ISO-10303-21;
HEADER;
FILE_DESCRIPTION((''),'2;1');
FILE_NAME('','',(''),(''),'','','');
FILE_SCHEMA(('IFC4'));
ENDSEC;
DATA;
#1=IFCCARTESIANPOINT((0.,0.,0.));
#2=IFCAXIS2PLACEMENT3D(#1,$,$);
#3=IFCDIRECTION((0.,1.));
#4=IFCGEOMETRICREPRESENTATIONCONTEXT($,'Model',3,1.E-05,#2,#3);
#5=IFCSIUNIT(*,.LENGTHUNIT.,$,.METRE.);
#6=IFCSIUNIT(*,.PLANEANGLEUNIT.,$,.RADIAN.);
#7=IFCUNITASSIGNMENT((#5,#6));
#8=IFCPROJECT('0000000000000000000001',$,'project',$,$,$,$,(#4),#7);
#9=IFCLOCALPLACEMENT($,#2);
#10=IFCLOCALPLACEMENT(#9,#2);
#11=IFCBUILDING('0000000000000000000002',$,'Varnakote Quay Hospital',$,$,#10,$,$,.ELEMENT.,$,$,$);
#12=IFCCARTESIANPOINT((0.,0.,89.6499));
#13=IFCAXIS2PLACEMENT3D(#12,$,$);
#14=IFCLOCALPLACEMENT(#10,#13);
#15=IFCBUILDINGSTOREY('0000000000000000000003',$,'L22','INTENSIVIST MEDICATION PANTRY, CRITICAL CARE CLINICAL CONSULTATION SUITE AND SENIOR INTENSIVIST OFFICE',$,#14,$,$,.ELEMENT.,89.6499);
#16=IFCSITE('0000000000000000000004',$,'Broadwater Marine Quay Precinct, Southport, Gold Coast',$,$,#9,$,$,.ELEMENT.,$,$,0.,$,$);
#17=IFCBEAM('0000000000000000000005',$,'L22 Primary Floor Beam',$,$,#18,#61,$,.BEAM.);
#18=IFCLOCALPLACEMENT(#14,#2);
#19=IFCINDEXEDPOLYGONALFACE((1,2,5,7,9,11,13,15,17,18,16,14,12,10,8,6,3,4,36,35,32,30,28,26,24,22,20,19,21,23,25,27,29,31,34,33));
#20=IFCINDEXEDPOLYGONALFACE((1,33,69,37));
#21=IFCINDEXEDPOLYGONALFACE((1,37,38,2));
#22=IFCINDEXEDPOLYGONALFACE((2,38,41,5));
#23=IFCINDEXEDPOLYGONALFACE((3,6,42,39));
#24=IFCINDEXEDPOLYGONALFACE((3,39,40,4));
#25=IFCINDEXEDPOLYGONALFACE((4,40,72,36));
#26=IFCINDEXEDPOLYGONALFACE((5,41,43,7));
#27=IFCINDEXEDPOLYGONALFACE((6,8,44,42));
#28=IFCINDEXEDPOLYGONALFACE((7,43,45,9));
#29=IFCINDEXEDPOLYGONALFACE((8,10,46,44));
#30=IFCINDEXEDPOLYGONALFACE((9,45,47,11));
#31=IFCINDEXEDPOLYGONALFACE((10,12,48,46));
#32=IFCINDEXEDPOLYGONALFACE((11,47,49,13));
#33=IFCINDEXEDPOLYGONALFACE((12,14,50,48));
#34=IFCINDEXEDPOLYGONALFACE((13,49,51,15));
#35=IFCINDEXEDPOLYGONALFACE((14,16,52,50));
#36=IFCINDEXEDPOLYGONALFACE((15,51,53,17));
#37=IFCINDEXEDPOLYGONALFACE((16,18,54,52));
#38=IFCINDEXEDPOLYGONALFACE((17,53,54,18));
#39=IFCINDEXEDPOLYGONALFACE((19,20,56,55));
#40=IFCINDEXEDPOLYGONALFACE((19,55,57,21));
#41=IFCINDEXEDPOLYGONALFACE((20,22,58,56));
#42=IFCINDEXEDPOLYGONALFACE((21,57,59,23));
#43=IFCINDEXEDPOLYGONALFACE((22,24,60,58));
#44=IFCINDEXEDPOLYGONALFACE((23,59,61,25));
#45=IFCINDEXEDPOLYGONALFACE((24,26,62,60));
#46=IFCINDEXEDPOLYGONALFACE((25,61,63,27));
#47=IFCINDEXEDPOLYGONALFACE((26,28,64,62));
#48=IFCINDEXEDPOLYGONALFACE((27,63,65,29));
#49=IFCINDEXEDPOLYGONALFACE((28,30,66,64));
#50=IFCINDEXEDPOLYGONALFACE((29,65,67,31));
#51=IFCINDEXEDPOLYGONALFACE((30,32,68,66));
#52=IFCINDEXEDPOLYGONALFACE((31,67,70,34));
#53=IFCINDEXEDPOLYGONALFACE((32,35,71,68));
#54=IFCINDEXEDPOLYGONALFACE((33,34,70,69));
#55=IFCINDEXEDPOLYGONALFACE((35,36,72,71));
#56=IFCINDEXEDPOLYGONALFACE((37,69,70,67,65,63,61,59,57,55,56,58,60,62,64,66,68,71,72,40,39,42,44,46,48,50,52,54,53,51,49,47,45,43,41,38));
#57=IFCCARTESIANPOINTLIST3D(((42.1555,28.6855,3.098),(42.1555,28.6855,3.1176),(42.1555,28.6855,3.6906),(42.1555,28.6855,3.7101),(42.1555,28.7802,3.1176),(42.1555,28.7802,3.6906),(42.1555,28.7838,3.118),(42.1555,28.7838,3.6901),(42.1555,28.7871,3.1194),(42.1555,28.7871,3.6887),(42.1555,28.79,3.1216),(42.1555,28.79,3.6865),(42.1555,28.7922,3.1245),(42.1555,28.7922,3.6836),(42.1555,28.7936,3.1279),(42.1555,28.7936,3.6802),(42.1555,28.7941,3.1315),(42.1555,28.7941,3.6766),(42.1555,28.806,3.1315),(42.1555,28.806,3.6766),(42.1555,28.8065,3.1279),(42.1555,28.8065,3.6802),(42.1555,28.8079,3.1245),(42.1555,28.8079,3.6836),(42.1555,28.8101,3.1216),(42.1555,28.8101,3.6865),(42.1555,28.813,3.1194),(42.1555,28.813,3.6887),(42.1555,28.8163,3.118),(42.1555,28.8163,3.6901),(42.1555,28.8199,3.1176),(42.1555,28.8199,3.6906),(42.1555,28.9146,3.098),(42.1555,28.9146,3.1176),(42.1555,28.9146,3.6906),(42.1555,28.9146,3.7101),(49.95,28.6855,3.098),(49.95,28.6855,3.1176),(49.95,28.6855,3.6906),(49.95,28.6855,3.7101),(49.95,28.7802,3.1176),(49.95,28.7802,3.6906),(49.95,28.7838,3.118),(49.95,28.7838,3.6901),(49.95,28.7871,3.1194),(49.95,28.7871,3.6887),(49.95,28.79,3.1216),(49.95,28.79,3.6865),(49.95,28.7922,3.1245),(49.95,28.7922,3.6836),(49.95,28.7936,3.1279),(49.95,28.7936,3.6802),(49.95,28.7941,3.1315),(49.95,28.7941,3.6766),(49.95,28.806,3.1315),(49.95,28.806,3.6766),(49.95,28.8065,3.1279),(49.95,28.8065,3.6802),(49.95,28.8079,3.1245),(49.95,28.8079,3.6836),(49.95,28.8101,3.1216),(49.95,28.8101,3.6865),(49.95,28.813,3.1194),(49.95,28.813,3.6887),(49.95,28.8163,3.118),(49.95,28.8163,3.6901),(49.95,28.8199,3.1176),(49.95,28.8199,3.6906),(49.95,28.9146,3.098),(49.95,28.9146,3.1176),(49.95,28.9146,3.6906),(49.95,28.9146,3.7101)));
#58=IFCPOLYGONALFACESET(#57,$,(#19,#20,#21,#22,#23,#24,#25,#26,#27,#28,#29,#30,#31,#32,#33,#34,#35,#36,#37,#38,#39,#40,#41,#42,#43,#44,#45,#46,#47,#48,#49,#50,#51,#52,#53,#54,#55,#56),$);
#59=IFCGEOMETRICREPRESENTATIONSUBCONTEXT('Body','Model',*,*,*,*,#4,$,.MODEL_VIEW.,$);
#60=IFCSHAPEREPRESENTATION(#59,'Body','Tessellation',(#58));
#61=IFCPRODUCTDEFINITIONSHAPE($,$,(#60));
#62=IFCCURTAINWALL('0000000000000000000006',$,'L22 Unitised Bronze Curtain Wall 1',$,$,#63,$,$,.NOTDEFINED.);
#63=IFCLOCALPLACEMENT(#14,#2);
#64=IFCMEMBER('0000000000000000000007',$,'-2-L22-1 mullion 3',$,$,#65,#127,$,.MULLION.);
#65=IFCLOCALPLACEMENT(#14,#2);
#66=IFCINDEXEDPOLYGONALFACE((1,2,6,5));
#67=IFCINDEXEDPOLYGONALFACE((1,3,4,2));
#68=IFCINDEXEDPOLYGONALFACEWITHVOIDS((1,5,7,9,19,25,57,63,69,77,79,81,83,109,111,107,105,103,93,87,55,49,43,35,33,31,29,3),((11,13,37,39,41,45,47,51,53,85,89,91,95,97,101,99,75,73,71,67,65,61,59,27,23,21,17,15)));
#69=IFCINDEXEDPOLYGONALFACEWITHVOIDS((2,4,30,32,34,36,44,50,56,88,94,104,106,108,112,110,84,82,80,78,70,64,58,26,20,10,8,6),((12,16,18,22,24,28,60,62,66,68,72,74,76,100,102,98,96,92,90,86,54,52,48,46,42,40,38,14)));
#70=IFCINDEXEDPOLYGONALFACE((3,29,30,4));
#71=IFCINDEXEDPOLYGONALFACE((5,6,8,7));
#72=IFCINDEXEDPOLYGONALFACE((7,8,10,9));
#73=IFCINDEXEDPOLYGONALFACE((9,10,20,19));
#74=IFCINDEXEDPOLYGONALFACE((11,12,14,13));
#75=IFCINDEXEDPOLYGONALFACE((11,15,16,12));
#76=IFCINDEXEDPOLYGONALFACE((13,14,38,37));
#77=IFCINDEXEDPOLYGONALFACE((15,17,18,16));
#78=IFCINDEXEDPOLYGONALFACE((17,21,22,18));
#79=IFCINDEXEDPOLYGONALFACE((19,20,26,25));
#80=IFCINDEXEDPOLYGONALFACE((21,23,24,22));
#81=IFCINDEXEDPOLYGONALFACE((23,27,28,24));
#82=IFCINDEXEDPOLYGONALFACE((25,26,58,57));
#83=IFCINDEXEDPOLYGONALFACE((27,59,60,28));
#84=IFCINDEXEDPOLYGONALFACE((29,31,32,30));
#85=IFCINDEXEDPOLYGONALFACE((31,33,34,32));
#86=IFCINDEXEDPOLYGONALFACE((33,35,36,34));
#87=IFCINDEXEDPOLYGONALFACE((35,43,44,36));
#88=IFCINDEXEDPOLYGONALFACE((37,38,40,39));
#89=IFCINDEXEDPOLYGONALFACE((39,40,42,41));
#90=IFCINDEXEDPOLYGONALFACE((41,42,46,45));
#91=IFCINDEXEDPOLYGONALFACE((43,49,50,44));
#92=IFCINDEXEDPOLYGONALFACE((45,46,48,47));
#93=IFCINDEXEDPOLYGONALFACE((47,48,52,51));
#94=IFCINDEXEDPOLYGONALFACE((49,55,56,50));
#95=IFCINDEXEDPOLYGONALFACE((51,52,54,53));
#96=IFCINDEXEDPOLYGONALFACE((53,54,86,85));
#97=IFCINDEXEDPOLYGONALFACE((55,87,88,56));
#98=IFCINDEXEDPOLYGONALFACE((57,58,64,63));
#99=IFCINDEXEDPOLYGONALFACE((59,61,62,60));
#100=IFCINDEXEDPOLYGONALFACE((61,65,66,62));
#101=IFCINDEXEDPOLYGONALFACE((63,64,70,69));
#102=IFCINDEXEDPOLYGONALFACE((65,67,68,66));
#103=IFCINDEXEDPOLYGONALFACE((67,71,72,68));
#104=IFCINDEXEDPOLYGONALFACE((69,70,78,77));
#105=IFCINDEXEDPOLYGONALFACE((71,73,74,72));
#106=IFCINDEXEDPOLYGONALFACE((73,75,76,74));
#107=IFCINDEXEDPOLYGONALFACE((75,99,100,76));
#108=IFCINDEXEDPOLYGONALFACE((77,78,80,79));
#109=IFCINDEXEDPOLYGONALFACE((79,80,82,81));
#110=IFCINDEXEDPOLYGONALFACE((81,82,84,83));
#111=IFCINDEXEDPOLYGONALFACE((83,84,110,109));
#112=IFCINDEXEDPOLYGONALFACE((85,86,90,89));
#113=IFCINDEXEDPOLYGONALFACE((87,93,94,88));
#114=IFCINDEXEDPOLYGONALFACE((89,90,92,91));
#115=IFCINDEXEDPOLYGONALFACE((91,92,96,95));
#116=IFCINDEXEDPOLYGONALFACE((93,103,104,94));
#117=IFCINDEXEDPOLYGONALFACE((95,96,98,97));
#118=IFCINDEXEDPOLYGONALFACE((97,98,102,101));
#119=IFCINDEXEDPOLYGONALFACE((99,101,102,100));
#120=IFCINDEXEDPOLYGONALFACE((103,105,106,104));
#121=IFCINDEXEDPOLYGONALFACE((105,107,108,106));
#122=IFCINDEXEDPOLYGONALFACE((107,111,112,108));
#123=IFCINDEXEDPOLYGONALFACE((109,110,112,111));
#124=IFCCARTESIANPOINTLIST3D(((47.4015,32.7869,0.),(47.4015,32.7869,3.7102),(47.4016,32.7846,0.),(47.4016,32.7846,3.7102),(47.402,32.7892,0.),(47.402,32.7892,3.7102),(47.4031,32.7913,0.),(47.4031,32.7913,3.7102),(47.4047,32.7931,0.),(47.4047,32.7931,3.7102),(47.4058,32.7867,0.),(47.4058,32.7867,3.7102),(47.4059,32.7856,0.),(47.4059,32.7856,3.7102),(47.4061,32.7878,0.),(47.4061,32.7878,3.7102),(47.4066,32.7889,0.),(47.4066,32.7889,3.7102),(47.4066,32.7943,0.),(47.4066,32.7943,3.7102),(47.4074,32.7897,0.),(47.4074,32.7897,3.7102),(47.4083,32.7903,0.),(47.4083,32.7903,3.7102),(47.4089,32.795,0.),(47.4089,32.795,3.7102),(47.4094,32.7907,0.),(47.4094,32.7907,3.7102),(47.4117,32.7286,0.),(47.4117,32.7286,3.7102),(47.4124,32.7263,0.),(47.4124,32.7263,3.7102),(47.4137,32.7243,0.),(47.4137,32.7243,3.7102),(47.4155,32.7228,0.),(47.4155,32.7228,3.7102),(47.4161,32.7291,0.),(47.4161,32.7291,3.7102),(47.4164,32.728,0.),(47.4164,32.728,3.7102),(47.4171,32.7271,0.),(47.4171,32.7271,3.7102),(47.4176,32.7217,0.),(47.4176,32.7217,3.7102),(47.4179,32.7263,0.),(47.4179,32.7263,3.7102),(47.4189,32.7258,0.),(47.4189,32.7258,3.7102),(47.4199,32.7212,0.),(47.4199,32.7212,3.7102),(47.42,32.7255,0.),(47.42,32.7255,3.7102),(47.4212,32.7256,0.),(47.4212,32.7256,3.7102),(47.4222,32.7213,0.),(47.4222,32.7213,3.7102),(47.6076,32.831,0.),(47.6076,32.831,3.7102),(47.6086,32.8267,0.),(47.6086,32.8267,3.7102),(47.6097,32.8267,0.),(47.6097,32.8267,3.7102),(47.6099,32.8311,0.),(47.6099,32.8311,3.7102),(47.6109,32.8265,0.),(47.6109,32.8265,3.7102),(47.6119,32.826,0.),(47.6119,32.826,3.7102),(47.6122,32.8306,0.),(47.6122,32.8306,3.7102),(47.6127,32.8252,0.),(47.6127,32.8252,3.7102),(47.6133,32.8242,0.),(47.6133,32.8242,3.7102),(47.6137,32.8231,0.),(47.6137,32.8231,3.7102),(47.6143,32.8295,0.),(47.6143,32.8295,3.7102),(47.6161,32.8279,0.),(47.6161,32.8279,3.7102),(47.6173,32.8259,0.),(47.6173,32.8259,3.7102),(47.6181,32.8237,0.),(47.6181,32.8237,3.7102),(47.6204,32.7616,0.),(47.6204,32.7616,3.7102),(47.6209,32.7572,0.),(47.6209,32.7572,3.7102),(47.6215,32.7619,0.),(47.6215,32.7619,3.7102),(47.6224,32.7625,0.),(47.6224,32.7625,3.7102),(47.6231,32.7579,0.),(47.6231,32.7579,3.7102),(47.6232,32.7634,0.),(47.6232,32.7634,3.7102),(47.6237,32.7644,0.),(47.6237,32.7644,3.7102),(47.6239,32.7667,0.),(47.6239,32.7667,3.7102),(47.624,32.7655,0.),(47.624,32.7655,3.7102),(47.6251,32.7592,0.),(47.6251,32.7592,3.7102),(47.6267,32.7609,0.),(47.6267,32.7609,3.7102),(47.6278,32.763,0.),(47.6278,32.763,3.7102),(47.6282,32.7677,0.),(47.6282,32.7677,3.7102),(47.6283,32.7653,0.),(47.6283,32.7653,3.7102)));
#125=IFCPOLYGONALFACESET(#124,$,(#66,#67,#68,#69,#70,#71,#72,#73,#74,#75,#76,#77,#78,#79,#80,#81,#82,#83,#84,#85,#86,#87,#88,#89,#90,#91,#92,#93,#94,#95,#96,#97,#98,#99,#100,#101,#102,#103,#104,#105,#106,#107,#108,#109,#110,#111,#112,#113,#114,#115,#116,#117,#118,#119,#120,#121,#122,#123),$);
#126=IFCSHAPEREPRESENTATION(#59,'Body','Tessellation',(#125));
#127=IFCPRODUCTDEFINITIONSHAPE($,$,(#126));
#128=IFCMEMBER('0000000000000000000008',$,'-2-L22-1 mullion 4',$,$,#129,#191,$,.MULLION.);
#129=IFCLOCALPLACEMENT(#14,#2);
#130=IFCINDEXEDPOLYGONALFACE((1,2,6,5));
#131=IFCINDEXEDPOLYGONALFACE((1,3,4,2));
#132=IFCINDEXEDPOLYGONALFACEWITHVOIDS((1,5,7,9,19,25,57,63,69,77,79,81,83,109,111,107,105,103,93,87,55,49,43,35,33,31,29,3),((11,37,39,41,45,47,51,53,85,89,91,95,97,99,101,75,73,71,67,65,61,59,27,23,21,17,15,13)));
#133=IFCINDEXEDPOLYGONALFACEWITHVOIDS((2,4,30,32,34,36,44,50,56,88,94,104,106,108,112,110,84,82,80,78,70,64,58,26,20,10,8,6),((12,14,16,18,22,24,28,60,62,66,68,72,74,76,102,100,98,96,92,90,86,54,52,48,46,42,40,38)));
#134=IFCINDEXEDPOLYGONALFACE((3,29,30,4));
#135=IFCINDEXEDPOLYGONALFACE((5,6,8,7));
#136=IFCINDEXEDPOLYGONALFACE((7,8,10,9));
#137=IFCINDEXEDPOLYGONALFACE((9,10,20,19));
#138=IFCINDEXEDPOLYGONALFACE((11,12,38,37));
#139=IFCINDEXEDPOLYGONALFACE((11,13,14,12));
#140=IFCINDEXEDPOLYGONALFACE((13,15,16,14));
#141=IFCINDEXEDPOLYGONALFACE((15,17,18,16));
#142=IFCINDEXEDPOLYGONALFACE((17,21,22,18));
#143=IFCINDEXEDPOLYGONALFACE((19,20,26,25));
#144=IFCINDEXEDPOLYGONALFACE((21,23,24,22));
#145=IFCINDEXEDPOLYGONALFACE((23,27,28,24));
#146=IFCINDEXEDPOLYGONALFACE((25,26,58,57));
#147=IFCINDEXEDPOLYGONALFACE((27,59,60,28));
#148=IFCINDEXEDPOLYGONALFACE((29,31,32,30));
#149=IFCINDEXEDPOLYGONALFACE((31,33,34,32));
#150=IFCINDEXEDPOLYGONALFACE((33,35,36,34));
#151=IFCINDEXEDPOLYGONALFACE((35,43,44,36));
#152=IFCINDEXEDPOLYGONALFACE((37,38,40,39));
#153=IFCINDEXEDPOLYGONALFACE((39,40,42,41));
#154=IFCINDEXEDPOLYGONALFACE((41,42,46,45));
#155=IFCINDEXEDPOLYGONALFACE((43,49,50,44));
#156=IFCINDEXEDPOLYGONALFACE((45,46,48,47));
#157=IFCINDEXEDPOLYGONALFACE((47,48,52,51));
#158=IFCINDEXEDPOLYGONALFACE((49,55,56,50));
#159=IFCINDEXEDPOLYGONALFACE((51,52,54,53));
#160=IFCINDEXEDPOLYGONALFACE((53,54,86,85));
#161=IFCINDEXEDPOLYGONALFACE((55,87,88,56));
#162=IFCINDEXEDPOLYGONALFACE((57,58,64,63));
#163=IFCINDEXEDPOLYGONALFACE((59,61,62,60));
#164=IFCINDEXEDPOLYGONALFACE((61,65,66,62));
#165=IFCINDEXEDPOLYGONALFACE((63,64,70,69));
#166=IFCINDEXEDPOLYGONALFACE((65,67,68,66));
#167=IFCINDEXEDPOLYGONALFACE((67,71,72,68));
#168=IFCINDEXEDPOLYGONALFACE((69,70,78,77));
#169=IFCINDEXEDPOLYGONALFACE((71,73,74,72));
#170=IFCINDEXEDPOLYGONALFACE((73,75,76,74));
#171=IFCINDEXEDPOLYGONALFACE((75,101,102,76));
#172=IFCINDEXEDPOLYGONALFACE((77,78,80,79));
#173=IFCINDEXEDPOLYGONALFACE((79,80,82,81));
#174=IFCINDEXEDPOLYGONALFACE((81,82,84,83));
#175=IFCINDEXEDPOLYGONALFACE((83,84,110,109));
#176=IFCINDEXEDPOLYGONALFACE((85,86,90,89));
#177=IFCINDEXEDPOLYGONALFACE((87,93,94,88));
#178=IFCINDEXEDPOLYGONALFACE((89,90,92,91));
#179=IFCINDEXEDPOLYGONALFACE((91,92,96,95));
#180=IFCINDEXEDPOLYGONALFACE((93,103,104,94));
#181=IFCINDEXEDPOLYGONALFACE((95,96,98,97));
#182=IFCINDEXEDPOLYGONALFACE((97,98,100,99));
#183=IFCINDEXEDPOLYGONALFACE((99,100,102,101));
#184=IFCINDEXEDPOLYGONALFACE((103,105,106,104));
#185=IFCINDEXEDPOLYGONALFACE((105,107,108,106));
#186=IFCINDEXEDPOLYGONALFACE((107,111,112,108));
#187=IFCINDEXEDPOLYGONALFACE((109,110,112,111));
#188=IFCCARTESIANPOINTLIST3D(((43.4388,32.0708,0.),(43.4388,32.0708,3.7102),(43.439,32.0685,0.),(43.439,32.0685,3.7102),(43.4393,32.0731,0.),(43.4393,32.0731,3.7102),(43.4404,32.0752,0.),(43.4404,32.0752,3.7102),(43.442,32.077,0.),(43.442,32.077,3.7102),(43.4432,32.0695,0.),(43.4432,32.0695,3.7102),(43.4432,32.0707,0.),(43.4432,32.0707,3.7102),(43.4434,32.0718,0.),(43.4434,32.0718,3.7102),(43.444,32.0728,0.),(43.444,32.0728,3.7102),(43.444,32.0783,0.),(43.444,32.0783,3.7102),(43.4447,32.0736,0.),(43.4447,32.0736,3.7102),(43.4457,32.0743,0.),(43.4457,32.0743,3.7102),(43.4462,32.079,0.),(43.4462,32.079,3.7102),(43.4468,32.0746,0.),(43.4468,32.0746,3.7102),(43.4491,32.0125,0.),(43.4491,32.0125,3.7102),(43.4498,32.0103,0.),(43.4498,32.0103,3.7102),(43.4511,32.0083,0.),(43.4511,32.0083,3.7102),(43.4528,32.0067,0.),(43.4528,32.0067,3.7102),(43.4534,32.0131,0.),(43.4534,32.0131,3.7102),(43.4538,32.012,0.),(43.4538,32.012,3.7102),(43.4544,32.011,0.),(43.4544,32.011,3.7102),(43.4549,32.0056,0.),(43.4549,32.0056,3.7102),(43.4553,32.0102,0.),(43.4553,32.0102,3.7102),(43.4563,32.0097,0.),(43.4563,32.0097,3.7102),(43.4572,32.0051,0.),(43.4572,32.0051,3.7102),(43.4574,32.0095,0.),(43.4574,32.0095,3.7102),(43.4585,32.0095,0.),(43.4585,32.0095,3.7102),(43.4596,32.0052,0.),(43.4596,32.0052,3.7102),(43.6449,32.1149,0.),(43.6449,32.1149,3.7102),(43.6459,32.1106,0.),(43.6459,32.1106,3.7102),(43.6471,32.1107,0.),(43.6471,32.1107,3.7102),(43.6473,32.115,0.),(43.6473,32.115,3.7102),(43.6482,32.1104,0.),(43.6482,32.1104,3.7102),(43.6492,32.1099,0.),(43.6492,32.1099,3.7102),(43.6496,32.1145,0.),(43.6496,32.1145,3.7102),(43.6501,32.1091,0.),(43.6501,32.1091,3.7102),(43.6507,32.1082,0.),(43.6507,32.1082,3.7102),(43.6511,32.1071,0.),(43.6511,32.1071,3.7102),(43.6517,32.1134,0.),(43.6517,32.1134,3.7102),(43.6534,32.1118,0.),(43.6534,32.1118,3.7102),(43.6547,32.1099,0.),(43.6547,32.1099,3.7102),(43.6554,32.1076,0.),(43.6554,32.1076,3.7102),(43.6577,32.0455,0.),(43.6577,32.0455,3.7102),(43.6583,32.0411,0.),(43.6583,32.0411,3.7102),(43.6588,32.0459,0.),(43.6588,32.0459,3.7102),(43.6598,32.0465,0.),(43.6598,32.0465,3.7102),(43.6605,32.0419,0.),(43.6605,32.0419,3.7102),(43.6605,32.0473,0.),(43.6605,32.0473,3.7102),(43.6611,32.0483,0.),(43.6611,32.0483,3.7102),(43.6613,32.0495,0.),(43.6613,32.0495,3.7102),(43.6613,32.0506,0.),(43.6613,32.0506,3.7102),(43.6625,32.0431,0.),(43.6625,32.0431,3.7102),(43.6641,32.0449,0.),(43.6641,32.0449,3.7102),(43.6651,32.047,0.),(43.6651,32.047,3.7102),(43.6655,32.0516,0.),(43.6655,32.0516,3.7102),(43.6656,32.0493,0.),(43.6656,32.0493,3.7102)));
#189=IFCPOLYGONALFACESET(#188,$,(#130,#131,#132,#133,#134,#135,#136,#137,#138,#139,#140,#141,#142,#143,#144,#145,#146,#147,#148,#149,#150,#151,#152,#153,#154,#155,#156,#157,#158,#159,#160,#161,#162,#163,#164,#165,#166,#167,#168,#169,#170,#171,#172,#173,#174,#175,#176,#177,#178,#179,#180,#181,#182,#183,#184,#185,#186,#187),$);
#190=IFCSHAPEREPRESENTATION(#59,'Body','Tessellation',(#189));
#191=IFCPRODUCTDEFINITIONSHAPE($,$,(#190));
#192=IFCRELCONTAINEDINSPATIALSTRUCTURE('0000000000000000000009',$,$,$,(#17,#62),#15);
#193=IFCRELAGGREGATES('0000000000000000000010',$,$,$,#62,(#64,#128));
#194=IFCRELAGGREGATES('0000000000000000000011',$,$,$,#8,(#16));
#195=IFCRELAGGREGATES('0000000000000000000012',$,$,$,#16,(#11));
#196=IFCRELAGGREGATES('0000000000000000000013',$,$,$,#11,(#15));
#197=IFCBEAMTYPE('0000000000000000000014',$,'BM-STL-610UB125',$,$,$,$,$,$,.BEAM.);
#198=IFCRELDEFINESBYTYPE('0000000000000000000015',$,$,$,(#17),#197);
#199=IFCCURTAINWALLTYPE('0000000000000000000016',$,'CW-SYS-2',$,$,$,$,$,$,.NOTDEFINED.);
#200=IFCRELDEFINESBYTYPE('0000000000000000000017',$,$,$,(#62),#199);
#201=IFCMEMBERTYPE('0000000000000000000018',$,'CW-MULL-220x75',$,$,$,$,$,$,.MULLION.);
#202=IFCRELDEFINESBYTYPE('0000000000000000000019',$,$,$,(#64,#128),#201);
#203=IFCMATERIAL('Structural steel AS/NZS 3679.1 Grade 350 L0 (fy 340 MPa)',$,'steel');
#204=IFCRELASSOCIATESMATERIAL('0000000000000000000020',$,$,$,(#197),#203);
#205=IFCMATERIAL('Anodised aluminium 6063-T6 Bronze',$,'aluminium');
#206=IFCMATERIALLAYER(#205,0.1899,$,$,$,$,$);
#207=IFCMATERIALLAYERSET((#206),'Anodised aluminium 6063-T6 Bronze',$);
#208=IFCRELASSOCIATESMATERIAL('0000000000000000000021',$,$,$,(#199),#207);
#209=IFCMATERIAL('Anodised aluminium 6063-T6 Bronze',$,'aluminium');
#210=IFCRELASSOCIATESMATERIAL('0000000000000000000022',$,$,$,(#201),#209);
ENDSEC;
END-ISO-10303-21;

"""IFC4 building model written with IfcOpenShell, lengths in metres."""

from ifc_helpers import new_model, si_unit, direction, frame, origin, origin_2d, place, context, subcontext, project, spatial, hollow_rectangle, i_section, extrude, material, layer, layer_set, material_profile, profile_set, type_object, element, aggregate, save


model = new_model("IFC4")

# Units and contexts
model_context = context("Model", 3, precision=1e-05, world=origin(), true_north=direction((0.0, 1.0)))
body_context = subcontext(model_context, "Body", "Model", "MODEL_VIEW")
ifc_project = project(units=[si_unit("LENGTHUNIT", "METRE"), si_unit("PLANEANGLEUNIT", "RADIAN")], contexts=[model_context])

# Site, building, storey
site_placement = place(None, origin())
site = spatial("IfcSite", under=ifc_project, at=site_placement, Name="Broadwater Marine Quay Precinct, Southport, Gold Coast", CompositionType="ELEMENT", RefElevation=0.0)
building_placement = place(site_placement, origin())
building = spatial("IfcBuilding", under=site, at=building_placement, Name="Varnakote Quay Hospital", CompositionType="ELEMENT")
storey_placement = place(building_placement, frame((0.0, 0.0, 89.6499)))
storey = spatial("IfcBuildingStorey", under=building, at=storey_placement, Name="L22", Description="INTENSIVIST MEDICATION PANTRY, CRITICAL CARE CLINICAL CONSULTATION SUITE AND SENIOR INTENSIVIST OFFICE", CompositionType="ELEMENT", Elevation=89.6499)

# Beam
ifc_material_1 = material(Name="Structural steel AS/NZS 3679.1 Grade 350 L0 (fy 340 MPa)", Category="steel")
ifc_material_profile_1 = material_profile(ifc_material_1, i_section(OverallWidth=0.229, OverallDepth=0.6121, WebThickness=0.012, FlangeThickness=0.0195, FilletRadius=0.0139, at=origin_2d()), Name="610UB125")
ifc_profile_set_1 = profile_set([ifc_material_profile_1], Name="Structural steel AS/NZS 3679.1 Grade 350 L0 (fy 340 MPa)")
beam_type = type_object("IfcBeamType", Name="BM-STL-610UB125", PredefinedType="BEAM", material=ifc_profile_set_1)
beam_placement = place(storey_placement, frame((42.1555, 28.8, 3.4041), z_axis=(1.0, 0.0, 0.0), x_axis=(0.0, 1.0, 0.0)))
element("IfcBeam", 1, at=beam_placement, inside=storey, type_object=beam_type, Name="L22 Primary Floor Beam", PredefinedType="BEAM", context=body_context, shape_type="SweptSolid", body=[
    extrude(i_section(OverallWidth=0.229, OverallDepth=0.6121, WebThickness=0.012, FlangeThickness=0.0195, FilletRadius=0.0139, at=origin_2d()), origin(), (0.0, 0.0, 1.0), 7.7944),
])

# Curtain wall, members
ifc_material_2 = material(Name="Anodised aluminium 6063-T6 Bronze", Category="aluminium")
ifc_layer_1 = layer(ifc_material_2, 0.1899)
ifc_layer_set_1 = layer_set([ifc_layer_1], Name="Anodised aluminium 6063-T6 Bronze")
curtain_wall_type = type_object("IfcCurtainWallType", Name="CW-SYS-2", PredefinedType="NOTDEFINED", material=ifc_layer_set_1)
curtain_wall_placement = place(storey_placement, origin())
curtain_wall = element("IfcCurtainWall", 2, at=curtain_wall_placement, inside=storey, type_object=curtain_wall_type, Name="L22 Unitised Bronze Curtain Wall 1", PredefinedType="NOTDEFINED")
ifc_material_3 = material(Name="Anodised aluminium 6063-T6 Bronze", Category="aluminium")
ifc_material_profile_2 = material_profile(ifc_material_3, hollow_rectangle(XDim=0.075, YDim=0.22, WallThickness=0.0044, InnerFilletRadius=0.0044, OuterFilletRadius=0.009, at=origin_2d()), Name="CW-MULL-220x75")
ifc_profile_set_2 = profile_set([ifc_material_profile_2], Name="Anodised aluminium 6063-T6 Bronze")
member_type_1 = type_object("IfcMemberType", Name="CW-MULL-220x75", PredefinedType="MULLION", material=ifc_profile_set_2)
member_1_placement = place(storey_placement, frame((47.5149, 32.7761, 0.0), z_axis=(0.0, 0.0, 1.0), x_axis=(0.177846, -0.984058, 0.0)))
member_1 = element("IfcMember", 3, at=member_1_placement, type_object=member_type_1, Name="-2-L22-1 mullion 3", PredefinedType="MULLION", context=body_context, shape_type="SweptSolid", body=[
    extrude(hollow_rectangle(XDim=0.075, YDim=0.22, WallThickness=0.0044, InnerFilletRadius=0.0044, OuterFilletRadius=0.009, at=origin_2d()), origin(), (0.0, 0.0, 1.0), 3.7102),
])
member_2_placement = place(storey_placement, frame((43.5522, 32.0601, 0.0), z_axis=(0.0, 0.0, 1.0), x_axis=(0.177846, -0.984058, 0.0)))
member_2 = element("IfcMember", 4, at=member_2_placement, type_object=member_type_1, Name="-2-L22-1 mullion 4", PredefinedType="MULLION", context=body_context, shape_type="SweptSolid", body=[
    extrude(hollow_rectangle(XDim=0.075, YDim=0.22, WallThickness=0.0044, InnerFilletRadius=0.0044, OuterFilletRadius=0.009, at=origin_2d()), origin(), (0.0, 0.0, 1.0), 3.7102),
])
aggregate(curtain_wall, [member_1, member_2])

save(model, "model.ifc")
